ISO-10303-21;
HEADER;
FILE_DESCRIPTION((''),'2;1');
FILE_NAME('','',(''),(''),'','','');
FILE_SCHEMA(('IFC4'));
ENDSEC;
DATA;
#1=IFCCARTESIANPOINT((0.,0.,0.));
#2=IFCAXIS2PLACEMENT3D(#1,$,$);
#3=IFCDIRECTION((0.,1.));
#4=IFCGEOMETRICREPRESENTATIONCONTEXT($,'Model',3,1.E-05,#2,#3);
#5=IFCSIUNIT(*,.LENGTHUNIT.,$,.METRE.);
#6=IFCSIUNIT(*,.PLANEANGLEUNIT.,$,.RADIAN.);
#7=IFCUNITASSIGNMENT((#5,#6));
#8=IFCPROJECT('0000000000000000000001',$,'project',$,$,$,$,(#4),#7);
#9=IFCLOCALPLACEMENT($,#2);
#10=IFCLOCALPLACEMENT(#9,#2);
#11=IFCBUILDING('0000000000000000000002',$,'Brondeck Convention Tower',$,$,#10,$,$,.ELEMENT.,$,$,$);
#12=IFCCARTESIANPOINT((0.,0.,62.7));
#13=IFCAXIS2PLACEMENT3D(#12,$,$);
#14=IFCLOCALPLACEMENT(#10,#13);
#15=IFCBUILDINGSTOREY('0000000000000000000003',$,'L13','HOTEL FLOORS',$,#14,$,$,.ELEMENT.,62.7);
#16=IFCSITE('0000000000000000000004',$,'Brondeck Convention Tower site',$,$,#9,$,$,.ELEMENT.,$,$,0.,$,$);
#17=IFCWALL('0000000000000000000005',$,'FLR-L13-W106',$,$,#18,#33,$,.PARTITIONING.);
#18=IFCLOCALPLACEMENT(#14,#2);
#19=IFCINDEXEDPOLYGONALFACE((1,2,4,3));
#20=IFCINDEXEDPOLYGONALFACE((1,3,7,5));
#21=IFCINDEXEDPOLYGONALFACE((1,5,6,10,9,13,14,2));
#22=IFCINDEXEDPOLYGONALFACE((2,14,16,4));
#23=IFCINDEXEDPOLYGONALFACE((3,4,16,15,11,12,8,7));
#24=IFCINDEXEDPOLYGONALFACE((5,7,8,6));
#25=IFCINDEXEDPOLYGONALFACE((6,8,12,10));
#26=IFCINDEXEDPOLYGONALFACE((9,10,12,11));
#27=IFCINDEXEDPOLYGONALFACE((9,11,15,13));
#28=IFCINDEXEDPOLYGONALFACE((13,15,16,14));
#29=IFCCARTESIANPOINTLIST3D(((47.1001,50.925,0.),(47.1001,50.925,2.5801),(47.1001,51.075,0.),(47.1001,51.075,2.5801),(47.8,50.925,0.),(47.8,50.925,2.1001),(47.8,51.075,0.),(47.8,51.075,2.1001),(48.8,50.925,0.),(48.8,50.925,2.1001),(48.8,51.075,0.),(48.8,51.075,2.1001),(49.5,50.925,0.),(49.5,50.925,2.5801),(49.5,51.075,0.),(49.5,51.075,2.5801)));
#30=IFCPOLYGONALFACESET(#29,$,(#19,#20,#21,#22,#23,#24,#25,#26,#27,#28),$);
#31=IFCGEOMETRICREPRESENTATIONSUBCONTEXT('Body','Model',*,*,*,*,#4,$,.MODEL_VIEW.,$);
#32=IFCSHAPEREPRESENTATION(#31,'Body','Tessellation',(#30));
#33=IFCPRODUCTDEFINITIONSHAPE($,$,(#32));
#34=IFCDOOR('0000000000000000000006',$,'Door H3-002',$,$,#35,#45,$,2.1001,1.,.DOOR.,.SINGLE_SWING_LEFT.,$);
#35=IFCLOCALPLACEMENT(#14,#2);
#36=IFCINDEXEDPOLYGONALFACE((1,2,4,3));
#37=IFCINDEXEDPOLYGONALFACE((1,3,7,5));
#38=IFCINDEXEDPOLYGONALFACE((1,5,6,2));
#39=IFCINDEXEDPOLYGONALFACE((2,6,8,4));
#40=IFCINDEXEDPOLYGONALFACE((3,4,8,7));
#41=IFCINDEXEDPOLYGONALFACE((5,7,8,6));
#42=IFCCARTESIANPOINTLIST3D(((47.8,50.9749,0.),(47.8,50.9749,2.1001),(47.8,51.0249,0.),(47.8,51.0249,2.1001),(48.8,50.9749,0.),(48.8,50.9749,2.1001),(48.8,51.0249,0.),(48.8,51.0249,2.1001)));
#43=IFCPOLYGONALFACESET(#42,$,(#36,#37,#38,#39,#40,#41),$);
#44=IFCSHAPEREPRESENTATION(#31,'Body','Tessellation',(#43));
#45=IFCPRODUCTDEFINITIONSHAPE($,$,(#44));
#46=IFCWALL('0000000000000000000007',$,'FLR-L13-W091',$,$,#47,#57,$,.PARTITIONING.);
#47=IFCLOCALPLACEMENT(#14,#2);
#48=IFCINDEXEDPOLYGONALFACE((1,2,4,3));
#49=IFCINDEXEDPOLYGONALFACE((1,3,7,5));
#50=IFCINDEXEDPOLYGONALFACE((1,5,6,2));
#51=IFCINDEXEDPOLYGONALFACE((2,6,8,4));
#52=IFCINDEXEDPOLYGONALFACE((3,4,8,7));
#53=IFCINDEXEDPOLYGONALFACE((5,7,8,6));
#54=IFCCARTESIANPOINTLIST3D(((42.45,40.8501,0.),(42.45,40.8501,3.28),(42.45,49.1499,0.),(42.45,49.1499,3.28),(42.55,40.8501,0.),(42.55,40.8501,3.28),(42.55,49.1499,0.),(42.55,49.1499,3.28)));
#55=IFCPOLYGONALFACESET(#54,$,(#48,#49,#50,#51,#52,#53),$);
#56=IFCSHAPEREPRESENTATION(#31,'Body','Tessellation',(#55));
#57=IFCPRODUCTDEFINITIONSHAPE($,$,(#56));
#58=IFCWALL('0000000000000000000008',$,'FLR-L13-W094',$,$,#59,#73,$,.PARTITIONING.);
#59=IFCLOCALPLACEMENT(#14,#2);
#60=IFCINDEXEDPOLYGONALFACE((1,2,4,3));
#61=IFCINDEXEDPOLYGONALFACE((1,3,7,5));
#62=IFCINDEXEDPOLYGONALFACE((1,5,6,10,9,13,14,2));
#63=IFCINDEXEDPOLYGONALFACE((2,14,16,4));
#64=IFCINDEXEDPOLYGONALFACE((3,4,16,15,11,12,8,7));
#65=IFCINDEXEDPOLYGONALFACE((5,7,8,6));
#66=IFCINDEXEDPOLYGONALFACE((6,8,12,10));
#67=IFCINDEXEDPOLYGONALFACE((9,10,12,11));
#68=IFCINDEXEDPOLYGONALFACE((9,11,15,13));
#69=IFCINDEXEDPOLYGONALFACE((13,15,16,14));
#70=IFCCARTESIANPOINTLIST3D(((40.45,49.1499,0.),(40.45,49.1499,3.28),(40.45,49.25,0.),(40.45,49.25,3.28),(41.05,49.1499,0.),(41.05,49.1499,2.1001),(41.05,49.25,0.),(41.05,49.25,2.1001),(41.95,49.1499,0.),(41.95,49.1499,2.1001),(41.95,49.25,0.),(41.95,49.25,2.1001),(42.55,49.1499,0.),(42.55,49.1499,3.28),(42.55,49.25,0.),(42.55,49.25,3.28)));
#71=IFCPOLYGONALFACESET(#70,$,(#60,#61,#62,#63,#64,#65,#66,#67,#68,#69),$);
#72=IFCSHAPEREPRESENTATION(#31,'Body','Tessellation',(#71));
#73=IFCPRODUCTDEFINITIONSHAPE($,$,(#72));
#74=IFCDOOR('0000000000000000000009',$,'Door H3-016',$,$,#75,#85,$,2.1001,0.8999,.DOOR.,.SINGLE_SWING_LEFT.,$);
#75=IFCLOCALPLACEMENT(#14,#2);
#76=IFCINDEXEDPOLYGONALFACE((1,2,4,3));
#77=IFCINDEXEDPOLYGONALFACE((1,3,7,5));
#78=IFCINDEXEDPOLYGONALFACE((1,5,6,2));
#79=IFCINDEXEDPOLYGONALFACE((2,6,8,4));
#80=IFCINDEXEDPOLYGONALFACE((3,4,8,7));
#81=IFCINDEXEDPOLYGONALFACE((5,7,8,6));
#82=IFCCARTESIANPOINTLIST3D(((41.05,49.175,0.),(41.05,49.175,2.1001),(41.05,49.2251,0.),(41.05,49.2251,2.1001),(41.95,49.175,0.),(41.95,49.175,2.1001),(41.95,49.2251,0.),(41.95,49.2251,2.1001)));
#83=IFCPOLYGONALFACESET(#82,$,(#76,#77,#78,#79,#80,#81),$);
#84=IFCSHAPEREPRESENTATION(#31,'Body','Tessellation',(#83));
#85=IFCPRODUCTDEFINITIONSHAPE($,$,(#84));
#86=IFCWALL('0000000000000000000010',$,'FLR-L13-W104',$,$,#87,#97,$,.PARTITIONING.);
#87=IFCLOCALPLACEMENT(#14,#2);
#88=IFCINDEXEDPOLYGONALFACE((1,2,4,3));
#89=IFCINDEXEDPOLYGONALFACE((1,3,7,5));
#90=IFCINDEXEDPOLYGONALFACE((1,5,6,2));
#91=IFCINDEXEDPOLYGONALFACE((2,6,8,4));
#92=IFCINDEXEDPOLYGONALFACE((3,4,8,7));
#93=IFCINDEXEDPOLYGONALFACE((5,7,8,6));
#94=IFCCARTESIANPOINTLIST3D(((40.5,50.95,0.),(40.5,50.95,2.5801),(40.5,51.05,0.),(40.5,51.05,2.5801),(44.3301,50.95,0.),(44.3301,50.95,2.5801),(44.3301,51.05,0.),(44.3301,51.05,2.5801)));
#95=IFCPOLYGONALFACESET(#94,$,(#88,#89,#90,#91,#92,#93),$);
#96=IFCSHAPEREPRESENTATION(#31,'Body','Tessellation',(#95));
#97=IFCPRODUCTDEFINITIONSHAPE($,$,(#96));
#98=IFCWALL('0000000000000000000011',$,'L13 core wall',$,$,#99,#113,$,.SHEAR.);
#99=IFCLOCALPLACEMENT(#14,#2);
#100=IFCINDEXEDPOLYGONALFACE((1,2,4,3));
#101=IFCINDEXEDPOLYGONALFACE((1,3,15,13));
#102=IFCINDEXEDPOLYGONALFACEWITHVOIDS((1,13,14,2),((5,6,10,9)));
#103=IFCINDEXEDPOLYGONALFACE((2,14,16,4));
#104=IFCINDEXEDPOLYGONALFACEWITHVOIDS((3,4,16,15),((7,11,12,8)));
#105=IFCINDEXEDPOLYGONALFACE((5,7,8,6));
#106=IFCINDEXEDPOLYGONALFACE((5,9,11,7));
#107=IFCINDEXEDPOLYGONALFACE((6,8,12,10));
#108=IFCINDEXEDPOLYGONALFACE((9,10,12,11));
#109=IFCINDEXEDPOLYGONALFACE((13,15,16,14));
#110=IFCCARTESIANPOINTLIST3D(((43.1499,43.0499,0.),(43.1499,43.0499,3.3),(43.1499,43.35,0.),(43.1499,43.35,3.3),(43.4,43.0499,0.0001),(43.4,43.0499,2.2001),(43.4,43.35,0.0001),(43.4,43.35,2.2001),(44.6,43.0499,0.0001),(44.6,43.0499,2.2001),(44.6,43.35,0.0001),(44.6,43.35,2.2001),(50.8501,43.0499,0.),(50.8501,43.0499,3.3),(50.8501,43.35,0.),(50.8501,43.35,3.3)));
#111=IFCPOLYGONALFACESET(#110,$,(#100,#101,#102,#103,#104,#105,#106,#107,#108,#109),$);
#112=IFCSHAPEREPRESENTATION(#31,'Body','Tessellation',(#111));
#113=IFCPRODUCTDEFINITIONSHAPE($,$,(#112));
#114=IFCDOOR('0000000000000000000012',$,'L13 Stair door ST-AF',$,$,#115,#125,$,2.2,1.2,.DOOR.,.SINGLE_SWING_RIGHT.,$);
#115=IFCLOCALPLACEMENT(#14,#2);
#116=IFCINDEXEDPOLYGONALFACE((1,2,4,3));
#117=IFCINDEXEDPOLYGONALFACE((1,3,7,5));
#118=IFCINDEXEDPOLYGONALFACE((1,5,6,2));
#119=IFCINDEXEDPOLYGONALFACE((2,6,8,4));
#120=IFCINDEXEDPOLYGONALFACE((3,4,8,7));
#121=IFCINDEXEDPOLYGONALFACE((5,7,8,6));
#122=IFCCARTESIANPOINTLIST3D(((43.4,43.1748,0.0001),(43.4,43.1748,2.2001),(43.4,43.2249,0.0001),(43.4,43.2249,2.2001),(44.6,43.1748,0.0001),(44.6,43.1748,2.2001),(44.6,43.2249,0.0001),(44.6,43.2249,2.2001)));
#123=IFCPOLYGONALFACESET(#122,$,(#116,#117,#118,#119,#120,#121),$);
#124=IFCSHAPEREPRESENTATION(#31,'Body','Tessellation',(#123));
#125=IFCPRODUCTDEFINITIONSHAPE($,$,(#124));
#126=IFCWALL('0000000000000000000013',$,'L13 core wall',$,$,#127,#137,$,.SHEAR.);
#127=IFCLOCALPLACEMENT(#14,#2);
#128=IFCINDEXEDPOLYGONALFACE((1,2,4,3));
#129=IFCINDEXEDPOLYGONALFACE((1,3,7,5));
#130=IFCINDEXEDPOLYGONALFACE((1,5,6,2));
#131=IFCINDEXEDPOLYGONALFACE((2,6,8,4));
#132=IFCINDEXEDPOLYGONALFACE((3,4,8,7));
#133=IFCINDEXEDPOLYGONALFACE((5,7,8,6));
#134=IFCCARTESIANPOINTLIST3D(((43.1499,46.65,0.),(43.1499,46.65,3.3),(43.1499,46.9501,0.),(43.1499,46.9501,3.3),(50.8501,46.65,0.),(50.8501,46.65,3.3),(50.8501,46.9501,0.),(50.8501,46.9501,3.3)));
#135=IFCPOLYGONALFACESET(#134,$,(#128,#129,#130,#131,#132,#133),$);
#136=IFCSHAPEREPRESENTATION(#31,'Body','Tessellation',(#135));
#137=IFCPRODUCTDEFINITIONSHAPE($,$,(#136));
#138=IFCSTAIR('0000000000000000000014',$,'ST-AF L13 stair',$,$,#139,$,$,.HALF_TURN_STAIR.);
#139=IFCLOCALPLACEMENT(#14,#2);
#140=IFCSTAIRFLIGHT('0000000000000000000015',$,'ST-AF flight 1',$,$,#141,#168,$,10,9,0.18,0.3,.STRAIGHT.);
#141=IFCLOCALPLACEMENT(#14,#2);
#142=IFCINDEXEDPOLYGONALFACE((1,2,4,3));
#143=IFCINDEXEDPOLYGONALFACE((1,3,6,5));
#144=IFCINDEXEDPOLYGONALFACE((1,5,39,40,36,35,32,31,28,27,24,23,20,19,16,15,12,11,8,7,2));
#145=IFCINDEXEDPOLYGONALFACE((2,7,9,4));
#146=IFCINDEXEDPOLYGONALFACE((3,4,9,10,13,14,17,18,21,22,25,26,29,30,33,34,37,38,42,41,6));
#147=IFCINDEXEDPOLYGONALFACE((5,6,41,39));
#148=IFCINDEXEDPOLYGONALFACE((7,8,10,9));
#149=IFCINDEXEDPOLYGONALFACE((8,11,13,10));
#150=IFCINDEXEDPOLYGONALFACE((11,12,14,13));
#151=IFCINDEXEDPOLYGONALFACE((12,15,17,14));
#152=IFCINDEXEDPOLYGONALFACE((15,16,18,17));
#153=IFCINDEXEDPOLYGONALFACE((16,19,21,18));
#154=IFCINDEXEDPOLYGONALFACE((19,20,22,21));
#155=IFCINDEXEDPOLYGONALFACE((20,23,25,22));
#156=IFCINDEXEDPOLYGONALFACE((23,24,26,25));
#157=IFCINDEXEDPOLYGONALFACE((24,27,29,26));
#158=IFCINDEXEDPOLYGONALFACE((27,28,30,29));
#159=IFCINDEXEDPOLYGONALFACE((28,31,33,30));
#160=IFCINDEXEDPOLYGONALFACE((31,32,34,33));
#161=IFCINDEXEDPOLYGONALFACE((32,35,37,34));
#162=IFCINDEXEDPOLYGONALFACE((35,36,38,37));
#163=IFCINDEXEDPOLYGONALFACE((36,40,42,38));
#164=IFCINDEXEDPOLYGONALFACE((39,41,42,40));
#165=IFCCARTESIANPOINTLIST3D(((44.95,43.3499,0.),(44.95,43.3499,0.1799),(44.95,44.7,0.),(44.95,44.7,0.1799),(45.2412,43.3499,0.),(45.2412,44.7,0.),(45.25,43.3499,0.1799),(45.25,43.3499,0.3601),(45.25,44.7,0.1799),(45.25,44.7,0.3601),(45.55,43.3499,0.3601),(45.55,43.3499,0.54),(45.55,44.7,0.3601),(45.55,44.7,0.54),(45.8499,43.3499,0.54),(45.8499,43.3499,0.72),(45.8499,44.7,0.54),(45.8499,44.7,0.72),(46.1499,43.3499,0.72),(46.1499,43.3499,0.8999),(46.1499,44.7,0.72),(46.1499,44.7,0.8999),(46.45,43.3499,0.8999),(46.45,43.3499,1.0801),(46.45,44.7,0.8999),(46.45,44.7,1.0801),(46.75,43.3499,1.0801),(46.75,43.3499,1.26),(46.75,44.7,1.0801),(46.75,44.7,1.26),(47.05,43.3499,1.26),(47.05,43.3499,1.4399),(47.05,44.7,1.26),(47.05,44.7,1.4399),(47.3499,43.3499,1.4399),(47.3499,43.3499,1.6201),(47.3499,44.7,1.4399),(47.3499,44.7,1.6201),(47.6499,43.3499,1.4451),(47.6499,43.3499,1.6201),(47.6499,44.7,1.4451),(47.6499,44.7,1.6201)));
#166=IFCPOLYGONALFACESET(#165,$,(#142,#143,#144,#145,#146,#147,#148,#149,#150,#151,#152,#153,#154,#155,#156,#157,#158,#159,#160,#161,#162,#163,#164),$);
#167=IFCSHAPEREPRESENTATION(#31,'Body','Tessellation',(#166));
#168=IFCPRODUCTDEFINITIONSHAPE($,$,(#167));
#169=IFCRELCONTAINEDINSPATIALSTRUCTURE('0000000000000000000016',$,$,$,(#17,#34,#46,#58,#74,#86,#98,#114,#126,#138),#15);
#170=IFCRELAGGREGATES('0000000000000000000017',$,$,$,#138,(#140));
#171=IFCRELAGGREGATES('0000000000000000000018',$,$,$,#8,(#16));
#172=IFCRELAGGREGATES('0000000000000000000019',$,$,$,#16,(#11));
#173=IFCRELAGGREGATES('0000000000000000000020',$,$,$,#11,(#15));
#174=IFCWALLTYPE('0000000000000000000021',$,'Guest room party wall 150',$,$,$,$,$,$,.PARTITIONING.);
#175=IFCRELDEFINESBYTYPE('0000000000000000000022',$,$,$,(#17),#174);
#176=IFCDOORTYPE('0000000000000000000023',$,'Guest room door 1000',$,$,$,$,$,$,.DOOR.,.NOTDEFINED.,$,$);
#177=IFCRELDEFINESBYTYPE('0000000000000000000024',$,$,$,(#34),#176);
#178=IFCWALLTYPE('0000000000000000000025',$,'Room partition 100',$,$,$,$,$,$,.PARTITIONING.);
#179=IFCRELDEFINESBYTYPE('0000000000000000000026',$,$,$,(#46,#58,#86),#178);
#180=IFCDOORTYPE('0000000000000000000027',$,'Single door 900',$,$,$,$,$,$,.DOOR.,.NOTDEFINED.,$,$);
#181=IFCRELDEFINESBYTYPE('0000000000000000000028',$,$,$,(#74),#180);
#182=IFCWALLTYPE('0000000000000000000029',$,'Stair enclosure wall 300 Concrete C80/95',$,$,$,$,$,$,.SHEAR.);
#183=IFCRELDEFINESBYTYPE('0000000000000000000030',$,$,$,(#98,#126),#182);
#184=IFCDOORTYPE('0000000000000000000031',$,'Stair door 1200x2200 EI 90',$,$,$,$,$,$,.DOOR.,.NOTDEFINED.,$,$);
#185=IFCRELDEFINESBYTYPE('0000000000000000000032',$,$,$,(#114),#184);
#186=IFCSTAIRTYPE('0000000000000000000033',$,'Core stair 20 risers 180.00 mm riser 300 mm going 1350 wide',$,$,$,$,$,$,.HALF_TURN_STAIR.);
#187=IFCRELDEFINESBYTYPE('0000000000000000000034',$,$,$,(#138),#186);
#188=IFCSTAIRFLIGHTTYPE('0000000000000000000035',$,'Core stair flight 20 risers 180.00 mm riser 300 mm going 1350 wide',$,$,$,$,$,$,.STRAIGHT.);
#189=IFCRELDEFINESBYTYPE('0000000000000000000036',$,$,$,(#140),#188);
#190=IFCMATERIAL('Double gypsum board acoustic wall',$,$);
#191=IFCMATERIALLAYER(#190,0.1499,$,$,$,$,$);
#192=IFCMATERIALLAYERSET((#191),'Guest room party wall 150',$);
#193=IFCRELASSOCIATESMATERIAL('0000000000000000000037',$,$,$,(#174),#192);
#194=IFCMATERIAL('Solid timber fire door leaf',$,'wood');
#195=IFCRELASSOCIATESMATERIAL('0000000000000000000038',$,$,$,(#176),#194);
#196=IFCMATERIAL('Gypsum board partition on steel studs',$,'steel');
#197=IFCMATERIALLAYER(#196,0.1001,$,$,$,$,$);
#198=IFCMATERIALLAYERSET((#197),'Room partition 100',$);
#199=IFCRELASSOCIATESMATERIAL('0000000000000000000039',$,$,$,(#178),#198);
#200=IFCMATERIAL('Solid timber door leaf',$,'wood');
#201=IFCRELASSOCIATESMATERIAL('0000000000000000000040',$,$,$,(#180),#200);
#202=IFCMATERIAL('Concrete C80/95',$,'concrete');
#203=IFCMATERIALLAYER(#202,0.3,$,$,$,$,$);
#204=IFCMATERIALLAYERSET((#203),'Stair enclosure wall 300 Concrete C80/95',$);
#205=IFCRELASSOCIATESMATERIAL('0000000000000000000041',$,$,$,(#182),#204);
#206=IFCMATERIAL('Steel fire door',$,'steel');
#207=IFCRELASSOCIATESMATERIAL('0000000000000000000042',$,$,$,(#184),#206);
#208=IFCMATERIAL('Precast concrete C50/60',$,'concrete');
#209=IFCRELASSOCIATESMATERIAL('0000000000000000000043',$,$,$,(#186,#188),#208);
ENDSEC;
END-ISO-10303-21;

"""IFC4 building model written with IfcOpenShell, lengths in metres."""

from ifc_helpers import new_model, si_unit, direction, frame, frame_2d, origin, place, context, subcontext, project, spatial, polyline, rectangle, outline, extrude, material, layer, layer_set, type_object, element, fill, aggregate, save


model = new_model("IFC4")

# Units and contexts
model_context = context("Model", 3, precision=1e-05, world=origin(), true_north=direction((0.0, 1.0)))
body_context = subcontext(model_context, "Body", "Model", "MODEL_VIEW")
ifc_project = project(units=[si_unit("LENGTHUNIT", "METRE"), si_unit("PLANEANGLEUNIT", "RADIAN")], contexts=[model_context])

# Site, building, storey
site_placement = place(None, origin())
site = spatial("IfcSite", under=ifc_project, at=site_placement, Name="Brondeck Convention Tower site", CompositionType="ELEMENT", RefElevation=0.0)
building_placement = place(site_placement, origin())
building = spatial("IfcBuilding", under=site, at=building_placement, Name="Brondeck Convention Tower", CompositionType="ELEMENT")
storey_placement = place(building_placement, frame((0.0, 0.0, 62.7)))
storey = spatial("IfcBuildingStorey", under=building, at=storey_placement, Name="L13", Description="HOTEL FLOORS", CompositionType="ELEMENT", Elevation=62.7)

# Shared definitions
ifc_material_1 = material(Name="Concrete C80/95", Category="concrete")

# Shared definitions
ifc_material_2 = material(Name="Double gypsum board acoustic wall")
ifc_layer_1 = layer(ifc_material_2, 0.1499)
ifc_layer_set_1 = layer_set([ifc_layer_1], Name="Guest room party wall 150")
wall_type_1 = type_object("IfcWallType", Name="Guest room party wall 150", PredefinedType="PARTITIONING", material=ifc_layer_set_1)

# Wall, opening, door
wall_1_placement = place(storey_placement, frame((47.1001, 51.0, 0.0), z_axis=(0.0, 0.0, 1.0), x_axis=(1.0, 0.0, 0.0)))
wall_1 = element("IfcWall", 1, at=wall_1_placement, inside=storey, type_object=wall_type_1, Name="FLR-L13-W106", PredefinedType="PARTITIONING", context=body_context, shape_type="SweptSolid", body=[
    extrude(rectangle(XDim=2.3999, YDim=0.1499, at=frame_2d((1.2, 0.0))), origin(), (0.0, 0.0, 1.0), 2.5801),
])
opening_1_placement = place(wall_1_placement, frame((0.7, 0.0, 0.0)))
opening_1 = element("IfcOpeningElement", 2, at=opening_1_placement, cuts=wall_1, PredefinedType="OPENING", context=body_context, shape_type="SweptSolid", body=[
    extrude(rectangle(XDim=1.0, YDim=2.1001, at=frame_2d((0.5, 1.05))), frame((0.0, 0.085, 0.0), z_axis=(0.0, -1.0, 0.0), x_axis=(1.0, 0.0, 0.0)), (0.0, 0.0, 1.0), 0.1699),
])
ifc_material_3 = material(Name="Solid timber fire door leaf", Category="wood")
door_type_1 = type_object("IfcDoorType", Name="Guest room door 1000", OperationType="NOTDEFINED", PredefinedType="DOOR", material=ifc_material_3)
door_1_placement = place(opening_1_placement, origin())
door_1 = element("IfcDoor", 3, at=door_1_placement, inside=storey, type_object=door_type_1, Name="Door H3-002", OperationType="SINGLE_SWING_LEFT", OverallHeight=2.1001, OverallWidth=1.0, PredefinedType="DOOR", context=body_context, shape_type="SweptSolid", body=[
    extrude(rectangle(XDim=1.0, YDim=2.1001, at=frame_2d((0.5, 1.05))), frame((0.0, 0.0249, 0.0), z_axis=(0.0, -1.0, 0.0), x_axis=(1.0, 0.0, 0.0)), (0.0, 0.0, 1.0), 0.05),
])
fill(opening_1, door_1)

# Wall
ifc_material_4 = material(Name="Gypsum board partition on steel studs", Category="steel")
ifc_layer_2 = layer(ifc_material_4, 0.1001)
ifc_layer_set_2 = layer_set([ifc_layer_2], Name="Room partition 100")
wall_type_2 = type_object("IfcWallType", Name="Room partition 100", PredefinedType="PARTITIONING", material=ifc_layer_set_2)
wall_2_placement = place(storey_placement, frame((42.5, 49.1499, 0.0), z_axis=(0.0, 0.0, 1.0), x_axis=(0.0, -1.0, 0.0)))
element("IfcWall", 4, at=wall_2_placement, inside=storey, type_object=wall_type_2, Name="FLR-L13-W091", PredefinedType="PARTITIONING", context=body_context, shape_type="SweptSolid", body=[
    extrude(rectangle(XDim=8.2998, YDim=0.1001, at=frame_2d((4.1499, 0.0))), origin(), (0.0, 0.0, 1.0), 3.28),
])

# Wall, opening, door
wall_3_placement = place(storey_placement, frame((42.55, 49.2, 0.0), z_axis=(0.0, 0.0, 1.0), x_axis=(-1.0, 0.0, 0.0)))
wall_3 = element("IfcWall", 5, at=wall_3_placement, inside=storey, type_object=wall_type_2, Name="FLR-L13-W094", PredefinedType="PARTITIONING", context=body_context, shape_type="SweptSolid", body=[
    extrude(rectangle(XDim=2.1001, YDim=0.1001, at=frame_2d((1.05, 0.0))), origin(), (0.0, 0.0, 1.0), 3.28),
])
opening_2_placement = place(wall_3_placement, frame((0.6001, 0.0, 0.0)))
opening_2 = element("IfcOpeningElement", 6, at=opening_2_placement, cuts=wall_3, PredefinedType="OPENING", context=body_context, shape_type="SweptSolid", body=[
    extrude(rectangle(XDim=0.8999, YDim=2.1001, at=frame_2d((0.45, 1.05))), frame((0.0, 0.0601, 0.0), z_axis=(0.0, -1.0, 0.0), x_axis=(1.0, 0.0, 0.0)), (0.0, 0.0, 1.0), 0.1201),
])
ifc_material_5 = material(Name="Solid timber door leaf", Category="wood")
door_type_2 = type_object("IfcDoorType", Name="Single door 900", OperationType="NOTDEFINED", PredefinedType="DOOR", material=ifc_material_5)
door_2_placement = place(opening_2_placement, origin())
door_2 = element("IfcDoor", 7, at=door_2_placement, inside=storey, type_object=door_type_2, Name="Door H3-016", OperationType="SINGLE_SWING_LEFT", OverallHeight=2.1001, OverallWidth=0.8999, PredefinedType="DOOR", context=body_context, shape_type="SweptSolid", body=[
    extrude(rectangle(XDim=0.8999, YDim=2.1001, at=frame_2d((0.45, 1.05))), frame((0.0, 0.0249, 0.0), z_axis=(0.0, -1.0, 0.0), x_axis=(1.0, 0.0, 0.0)), (0.0, 0.0, 1.0), 0.05),
])
fill(opening_2, door_2)

# Wall
wall_4_placement = place(storey_placement, frame((44.3301, 51.0, 0.0), z_axis=(0.0, 0.0, 1.0), x_axis=(-1.0, 0.0, 0.0)))
element("IfcWall", 8, at=wall_4_placement, inside=storey, type_object=wall_type_2, Name="FLR-L13-W104", PredefinedType="PARTITIONING", context=body_context, shape_type="SweptSolid", body=[
    extrude(rectangle(XDim=3.8301, YDim=0.1001, at=frame_2d((1.915, 0.0))), origin(), (0.0, 0.0, 1.0), 2.5801),
])

# Wall, opening, door
ifc_layer_3 = layer(ifc_material_1, 0.3)
ifc_layer_set_3 = layer_set([ifc_layer_3], Name="Stair enclosure wall 300 Concrete C80/95")
wall_type_3 = type_object("IfcWallType", Name="Stair enclosure wall 300 Concrete C80/95", PredefinedType="SHEAR", material=ifc_layer_set_3)
wall_5_placement = place(storey_placement, frame((43.1499, 43.2, 0.0), z_axis=(0.0, 0.0, 1.0), x_axis=(1.0, 0.0, 0.0)))
wall_5 = element("IfcWall", 9, at=wall_5_placement, inside=storey, type_object=wall_type_3, Name="L13 core wall", PredefinedType="SHEAR", context=body_context, shape_type="SweptSolid", body=[
    extrude(rectangle(XDim=7.7002, YDim=0.3, at=frame_2d((3.8501, 0.0))), origin(), (0.0, 0.0, 1.0), 3.3),
])
opening_3_placement = place(wall_5_placement, frame((0.25, 0.0, 0.0)))
opening_3 = element("IfcOpeningElement", 10, at=opening_3_placement, cuts=wall_5, PredefinedType="OPENING", context=body_context, shape_type="SweptSolid", body=[
    extrude(rectangle(XDim=1.2, YDim=2.2, at=frame_2d((0.6001, 1.1001))), frame((0.0, 0.1599, 0.0), z_axis=(0.0, -1.0, 0.0), x_axis=(1.0, 0.0, 0.0)), (0.0, 0.0, 1.0), 0.3201),
])
ifc_material_6 = material(Name="Steel fire door", Category="steel")
door_type_3 = type_object("IfcDoorType", Name="Stair door 1200x2200 EI 90", OperationType="NOTDEFINED", PredefinedType="DOOR", material=ifc_material_6)
door_3_placement = place(opening_3_placement, origin())
door_3 = element("IfcDoor", 11, at=door_3_placement, inside=storey, type_object=door_type_3, Name="L13 Stair door ST-AF", OperationType="SINGLE_SWING_RIGHT", OverallHeight=2.2, OverallWidth=1.2, PredefinedType="DOOR", context=body_context, shape_type="SweptSolid", body=[
    extrude(rectangle(XDim=1.2, YDim=2.2, at=frame_2d((0.6001, 1.1001))), frame((0.0, 0.0249, 0.0), z_axis=(0.0, -1.0, 0.0), x_axis=(1.0, 0.0, 0.0)), (0.0, 0.0, 1.0), 0.05),
])
fill(opening_3, door_3)

# Wall
wall_6_placement = place(storey_placement, frame((43.1499, 46.8, 0.0), z_axis=(0.0, 0.0, 1.0), x_axis=(1.0, 0.0, 0.0)))
element("IfcWall", 12, at=wall_6_placement, inside=storey, type_object=wall_type_3, Name="L13 core wall", PredefinedType="SHEAR", context=body_context, shape_type="SweptSolid", body=[
    extrude(rectangle(XDim=7.7002, YDim=0.3, at=frame_2d((3.8501, 0.0))), origin(), (0.0, 0.0, 1.0), 3.3),
])

# Stair, stair flight
ifc_material_7 = material(Name="Precast concrete C50/60", Category="concrete")
stair_type = type_object("IfcStairType", Name="Core stair 20 risers 180.00 mm riser 300 mm going 1350 wide", PredefinedType="HALF_TURN_STAIR", material=ifc_material_7)
stair_placement = place(storey_placement, origin())
stair = element("IfcStair", 13, at=stair_placement, inside=storey, type_object=stair_type, Name="ST-AF L13 stair", PredefinedType="HALF_TURN_STAIR")
stair_flight_type = type_object("IfcStairFlightType", Name="Core stair flight 20 risers 180.00 mm riser 300 mm going 1350 wide", PredefinedType="STRAIGHT", material=ifc_material_7)
stair_flight_placement = place(storey_placement, frame((44.95, 44.0249, 0.0), z_axis=(0.0, 0.0, 1.0), x_axis=(1.0, 0.0, 0.0)))
stair_flight = element("IfcStairFlight", 14, at=stair_flight_placement, type_object=stair_flight_type, Name="ST-AF flight 1", NumberOfRisers=10, NumberOfTreads=9, PredefinedType="STRAIGHT", RiserHeight=0.18, TreadLength=0.3, context=body_context, shape_type="SweptSolid", body=[
    extrude(outline(polyline([(0.0, 0.0), (0.0, 0.1799), (0.3, 0.1799), (0.3, 0.3601), (0.6001, 0.3601), (0.6001, 0.54), (0.8999, 0.54), (0.8999, 0.72), (1.2, 0.72), (1.2, 0.8999), (1.5, 0.8999), (1.5, 1.0801), (1.8, 1.0801), (1.8, 1.26), (2.1001, 1.26), (2.1001, 1.4399), (2.3999, 1.4399), (2.3999, 1.6201), (2.7, 1.6201), (2.7, 1.8), (2.7, 1.4451), (0.2913, 0.0), (0.0, 0.0)])), frame((0.0, 0.675, 0.0), z_axis=(0.0, -1.0, 0.0), x_axis=(1.0, 0.0, 0.0)), (0.0, 0.0, 1.0), 1.3501),
])
aggregate(stair, [stair_flight])

save(model, "model.ifc")
